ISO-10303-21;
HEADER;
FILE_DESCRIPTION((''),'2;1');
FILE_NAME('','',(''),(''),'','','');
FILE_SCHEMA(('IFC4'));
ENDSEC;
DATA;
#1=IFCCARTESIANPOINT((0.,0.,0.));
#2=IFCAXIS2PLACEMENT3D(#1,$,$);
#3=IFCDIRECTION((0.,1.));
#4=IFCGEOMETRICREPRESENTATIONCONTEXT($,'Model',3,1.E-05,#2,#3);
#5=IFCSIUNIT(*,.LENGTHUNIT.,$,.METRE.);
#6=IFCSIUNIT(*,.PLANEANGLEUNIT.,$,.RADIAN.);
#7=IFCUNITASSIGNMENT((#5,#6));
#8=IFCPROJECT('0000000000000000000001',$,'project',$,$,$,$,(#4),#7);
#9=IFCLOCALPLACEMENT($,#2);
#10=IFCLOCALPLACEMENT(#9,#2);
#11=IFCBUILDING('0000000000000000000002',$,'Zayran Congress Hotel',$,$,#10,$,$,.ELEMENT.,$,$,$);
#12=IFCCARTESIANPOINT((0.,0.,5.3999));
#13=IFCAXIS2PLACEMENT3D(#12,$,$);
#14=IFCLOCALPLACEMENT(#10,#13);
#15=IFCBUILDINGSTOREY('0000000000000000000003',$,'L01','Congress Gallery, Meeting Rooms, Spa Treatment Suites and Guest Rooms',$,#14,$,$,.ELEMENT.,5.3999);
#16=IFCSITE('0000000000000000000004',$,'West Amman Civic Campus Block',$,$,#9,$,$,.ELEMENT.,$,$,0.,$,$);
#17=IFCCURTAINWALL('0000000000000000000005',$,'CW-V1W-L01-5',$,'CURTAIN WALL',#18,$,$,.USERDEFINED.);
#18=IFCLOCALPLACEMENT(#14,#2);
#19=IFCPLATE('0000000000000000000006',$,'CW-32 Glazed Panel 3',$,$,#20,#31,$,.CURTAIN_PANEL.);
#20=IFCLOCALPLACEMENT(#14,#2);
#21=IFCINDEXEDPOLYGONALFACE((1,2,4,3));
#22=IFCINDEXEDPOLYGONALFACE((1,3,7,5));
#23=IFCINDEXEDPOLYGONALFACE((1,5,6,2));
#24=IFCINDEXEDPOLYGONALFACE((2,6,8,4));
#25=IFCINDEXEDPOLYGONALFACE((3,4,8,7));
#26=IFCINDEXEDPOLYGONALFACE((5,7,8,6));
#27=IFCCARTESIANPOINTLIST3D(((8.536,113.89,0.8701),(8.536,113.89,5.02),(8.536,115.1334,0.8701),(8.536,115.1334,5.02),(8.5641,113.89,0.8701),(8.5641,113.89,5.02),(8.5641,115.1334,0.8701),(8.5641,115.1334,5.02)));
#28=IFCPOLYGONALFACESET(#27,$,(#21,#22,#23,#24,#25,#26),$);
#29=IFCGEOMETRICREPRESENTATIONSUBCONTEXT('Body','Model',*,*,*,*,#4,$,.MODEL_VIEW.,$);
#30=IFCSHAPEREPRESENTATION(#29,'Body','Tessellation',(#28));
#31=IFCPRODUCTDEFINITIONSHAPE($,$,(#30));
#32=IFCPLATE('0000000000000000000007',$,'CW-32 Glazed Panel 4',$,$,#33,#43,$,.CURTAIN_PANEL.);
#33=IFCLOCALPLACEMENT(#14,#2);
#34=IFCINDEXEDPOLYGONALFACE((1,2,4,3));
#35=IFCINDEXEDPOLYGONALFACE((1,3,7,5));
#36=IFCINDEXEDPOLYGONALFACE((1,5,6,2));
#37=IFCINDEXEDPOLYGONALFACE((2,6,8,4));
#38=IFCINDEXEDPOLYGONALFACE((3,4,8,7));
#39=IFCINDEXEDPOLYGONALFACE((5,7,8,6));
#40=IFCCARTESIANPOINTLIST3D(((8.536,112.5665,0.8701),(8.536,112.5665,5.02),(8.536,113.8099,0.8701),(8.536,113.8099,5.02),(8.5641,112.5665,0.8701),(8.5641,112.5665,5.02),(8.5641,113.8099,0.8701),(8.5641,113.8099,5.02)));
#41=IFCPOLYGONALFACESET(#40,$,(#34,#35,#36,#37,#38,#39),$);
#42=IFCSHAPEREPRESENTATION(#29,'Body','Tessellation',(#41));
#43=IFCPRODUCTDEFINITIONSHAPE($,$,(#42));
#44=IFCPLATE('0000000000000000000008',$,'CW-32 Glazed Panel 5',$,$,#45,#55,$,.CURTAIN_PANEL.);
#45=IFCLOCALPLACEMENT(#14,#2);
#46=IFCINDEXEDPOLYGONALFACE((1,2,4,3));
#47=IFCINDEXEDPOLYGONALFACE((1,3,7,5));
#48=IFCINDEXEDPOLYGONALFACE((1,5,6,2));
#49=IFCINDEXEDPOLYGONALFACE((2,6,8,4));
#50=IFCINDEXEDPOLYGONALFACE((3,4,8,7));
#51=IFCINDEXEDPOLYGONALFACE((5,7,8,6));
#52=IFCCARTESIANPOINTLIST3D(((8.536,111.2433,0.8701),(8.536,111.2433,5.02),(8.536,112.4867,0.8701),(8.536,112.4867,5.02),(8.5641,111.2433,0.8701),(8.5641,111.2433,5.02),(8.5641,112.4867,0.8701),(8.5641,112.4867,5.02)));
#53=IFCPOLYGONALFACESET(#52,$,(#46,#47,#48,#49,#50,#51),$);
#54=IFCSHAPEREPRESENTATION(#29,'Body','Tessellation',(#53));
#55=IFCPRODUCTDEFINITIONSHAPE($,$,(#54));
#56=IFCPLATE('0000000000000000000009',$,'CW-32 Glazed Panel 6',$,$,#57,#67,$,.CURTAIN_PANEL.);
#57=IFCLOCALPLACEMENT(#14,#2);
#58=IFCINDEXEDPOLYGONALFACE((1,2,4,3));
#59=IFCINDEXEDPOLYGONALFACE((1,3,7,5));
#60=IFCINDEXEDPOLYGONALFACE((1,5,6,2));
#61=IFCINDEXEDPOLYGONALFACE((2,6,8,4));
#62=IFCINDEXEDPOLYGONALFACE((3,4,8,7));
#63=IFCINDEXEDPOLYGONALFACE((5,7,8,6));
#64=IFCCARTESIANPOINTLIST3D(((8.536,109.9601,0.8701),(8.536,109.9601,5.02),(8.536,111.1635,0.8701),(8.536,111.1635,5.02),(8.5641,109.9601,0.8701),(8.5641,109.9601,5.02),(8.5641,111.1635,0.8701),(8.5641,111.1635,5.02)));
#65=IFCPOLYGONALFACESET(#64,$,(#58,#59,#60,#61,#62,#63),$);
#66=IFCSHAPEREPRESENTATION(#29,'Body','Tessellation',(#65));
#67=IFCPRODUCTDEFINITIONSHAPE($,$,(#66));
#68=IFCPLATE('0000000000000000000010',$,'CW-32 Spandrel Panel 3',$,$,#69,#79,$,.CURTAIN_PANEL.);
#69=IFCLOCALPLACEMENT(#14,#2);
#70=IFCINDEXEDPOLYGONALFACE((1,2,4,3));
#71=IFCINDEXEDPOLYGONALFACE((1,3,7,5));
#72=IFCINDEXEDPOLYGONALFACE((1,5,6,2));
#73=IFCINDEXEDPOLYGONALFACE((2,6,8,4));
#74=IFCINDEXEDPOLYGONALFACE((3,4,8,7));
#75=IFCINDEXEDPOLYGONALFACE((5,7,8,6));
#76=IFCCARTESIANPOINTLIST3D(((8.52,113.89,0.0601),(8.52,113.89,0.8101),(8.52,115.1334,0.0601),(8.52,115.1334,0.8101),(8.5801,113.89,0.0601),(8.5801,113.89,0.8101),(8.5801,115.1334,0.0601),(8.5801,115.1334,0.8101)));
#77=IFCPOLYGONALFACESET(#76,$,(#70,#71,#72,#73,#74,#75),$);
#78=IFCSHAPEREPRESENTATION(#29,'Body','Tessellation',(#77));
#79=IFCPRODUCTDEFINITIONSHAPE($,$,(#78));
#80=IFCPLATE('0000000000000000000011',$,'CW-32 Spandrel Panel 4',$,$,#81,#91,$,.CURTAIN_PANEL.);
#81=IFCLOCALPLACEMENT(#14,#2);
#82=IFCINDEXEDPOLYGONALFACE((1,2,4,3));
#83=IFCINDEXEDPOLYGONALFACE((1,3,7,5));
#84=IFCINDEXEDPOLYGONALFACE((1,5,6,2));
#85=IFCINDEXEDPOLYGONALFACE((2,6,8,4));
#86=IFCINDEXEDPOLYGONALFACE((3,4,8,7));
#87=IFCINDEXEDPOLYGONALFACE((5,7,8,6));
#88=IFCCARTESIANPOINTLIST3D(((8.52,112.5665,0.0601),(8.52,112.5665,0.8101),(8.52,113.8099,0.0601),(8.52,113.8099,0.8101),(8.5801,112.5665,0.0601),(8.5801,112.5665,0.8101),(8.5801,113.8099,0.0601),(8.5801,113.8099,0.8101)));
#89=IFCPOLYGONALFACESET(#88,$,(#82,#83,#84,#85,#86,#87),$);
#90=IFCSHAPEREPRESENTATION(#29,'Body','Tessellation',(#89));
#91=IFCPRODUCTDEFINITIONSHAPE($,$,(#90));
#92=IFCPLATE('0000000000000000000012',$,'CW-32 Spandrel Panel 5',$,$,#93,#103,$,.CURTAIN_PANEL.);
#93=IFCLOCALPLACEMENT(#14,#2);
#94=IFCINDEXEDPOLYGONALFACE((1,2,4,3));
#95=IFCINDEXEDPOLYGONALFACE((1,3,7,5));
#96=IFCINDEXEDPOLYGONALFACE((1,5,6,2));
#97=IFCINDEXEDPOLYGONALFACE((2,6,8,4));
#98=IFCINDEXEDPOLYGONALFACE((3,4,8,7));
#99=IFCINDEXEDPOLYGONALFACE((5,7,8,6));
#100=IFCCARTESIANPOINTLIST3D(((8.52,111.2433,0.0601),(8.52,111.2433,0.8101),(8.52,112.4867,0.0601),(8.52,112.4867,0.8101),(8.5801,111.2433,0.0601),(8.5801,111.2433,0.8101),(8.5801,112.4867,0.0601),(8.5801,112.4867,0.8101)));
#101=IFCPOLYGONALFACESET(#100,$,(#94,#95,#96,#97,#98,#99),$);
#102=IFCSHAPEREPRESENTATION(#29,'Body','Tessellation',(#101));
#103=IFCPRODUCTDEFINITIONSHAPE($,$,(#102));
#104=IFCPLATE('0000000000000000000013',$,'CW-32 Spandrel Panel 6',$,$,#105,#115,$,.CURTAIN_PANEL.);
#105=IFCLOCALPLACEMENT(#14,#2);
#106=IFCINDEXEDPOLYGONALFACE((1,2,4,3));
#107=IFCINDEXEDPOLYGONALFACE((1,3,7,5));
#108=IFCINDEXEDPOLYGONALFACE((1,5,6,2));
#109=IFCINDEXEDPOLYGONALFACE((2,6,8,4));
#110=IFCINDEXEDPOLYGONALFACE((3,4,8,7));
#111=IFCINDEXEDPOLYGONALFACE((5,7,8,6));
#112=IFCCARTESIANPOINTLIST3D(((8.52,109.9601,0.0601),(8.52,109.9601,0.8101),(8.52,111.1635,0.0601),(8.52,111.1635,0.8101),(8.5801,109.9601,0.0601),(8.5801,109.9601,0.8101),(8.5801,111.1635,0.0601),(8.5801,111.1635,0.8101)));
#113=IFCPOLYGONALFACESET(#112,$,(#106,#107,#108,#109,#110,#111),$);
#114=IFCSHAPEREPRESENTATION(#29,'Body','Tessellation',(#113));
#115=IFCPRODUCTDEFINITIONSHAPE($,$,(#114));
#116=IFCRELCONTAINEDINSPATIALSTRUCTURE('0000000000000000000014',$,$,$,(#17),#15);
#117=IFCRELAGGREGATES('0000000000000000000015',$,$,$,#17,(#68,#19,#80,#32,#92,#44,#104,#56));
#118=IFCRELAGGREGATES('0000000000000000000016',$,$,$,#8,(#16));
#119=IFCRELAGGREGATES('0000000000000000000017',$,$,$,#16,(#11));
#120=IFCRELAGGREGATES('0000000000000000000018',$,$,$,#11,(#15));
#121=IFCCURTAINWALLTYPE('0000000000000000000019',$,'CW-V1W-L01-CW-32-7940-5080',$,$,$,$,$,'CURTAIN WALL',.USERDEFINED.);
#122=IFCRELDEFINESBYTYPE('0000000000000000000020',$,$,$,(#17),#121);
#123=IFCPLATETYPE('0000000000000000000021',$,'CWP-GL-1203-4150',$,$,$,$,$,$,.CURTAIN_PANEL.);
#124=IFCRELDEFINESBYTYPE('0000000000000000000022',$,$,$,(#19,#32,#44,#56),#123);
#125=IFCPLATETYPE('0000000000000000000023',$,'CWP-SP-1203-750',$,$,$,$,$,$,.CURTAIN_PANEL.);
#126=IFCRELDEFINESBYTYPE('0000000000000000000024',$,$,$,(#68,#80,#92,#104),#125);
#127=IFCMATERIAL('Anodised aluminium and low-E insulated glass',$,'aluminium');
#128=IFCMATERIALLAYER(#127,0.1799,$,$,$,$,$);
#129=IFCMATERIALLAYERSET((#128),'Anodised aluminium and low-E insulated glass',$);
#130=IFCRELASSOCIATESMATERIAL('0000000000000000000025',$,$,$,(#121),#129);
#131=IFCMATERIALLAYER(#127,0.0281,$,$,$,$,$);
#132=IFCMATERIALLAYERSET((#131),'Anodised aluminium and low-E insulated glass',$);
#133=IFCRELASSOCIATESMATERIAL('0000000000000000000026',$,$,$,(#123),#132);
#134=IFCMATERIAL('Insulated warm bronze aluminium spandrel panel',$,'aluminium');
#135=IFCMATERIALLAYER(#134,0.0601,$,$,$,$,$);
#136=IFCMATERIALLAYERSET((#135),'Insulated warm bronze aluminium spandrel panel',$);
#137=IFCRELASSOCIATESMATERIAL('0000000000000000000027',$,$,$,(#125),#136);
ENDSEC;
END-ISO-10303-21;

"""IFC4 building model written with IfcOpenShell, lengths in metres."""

from ifc_helpers import new_model, si_unit, direction, frame, origin, origin_2d, place, context, subcontext, project, spatial, rectangle, extrude, material, layer, layer_set, type_object, element, aggregate, save


model = new_model("IFC4")

# Units and contexts
model_context = context("Model", 3, precision=1e-05, world=origin(), true_north=direction((0.0, 1.0)))
body_context = subcontext(model_context, "Body", "Model", "MODEL_VIEW")
ifc_project = project(units=[si_unit("LENGTHUNIT", "METRE"), si_unit("PLANEANGLEUNIT", "RADIAN")], contexts=[model_context])

# Site, building, storey
site_placement = place(None, origin())
site = spatial("IfcSite", under=ifc_project, at=site_placement, Name="West Amman Civic Campus Block", CompositionType="ELEMENT", RefElevation=0.0)
building_placement = place(site_placement, origin())
building = spatial("IfcBuilding", under=site, at=building_placement, Name="Zayran Congress Hotel", CompositionType="ELEMENT")
storey_placement = place(building_placement, frame((0.0, 0.0, 5.3999)))
storey = spatial("IfcBuildingStorey", under=building, at=storey_placement, Name="L01", Description="Congress Gallery, Meeting Rooms, Spa Treatment Suites and Guest Rooms", CompositionType="ELEMENT", Elevation=5.3999)

# Shared definitions
ifc_material_1 = material(Name="Anodised aluminium and low-E insulated glass", Category="aluminium")

# Curtain wall
ifc_layer_1 = layer(ifc_material_1, 0.1799)
ifc_layer_set_1 = layer_set([ifc_layer_1], Name="Anodised aluminium and low-E insulated glass")
curtain_wall_type_1 = type_object("IfcCurtainWallType", Name="CW-V1W-L01-CW-32-7940-5080", ElementType="CURTAIN WALL", PredefinedType="USERDEFINED", material=ifc_layer_set_1)
curtain_wall_1_placement = place(storey_placement, origin())
curtain_wall_1 = element("IfcCurtainWall", 1, at=curtain_wall_1_placement, inside=storey, type_object=curtain_wall_type_1, Name="CW-V1W-L01-5", ObjectType="CURTAIN WALL", PredefinedType="USERDEFINED")

# Plates
ifc_layer_2 = layer(ifc_material_1, 0.0281)
ifc_layer_set_2 = layer_set([ifc_layer_2], Name="Anodised aluminium and low-E insulated glass")
plate_type_1 = type_object("IfcPlateType", Name="CWP-GL-1203-4150", PredefinedType="CURTAIN_PANEL", material=ifc_layer_set_2)
plate_1_placement = place(storey_placement, frame((8.55, 114.5117, 0.8701), z_axis=(0.0, 0.0, 1.0), x_axis=(0.0, 1.0, 0.0)))
plate_1 = element("IfcPlate", 2, at=plate_1_placement, type_object=plate_type_1, Name="CW-32 Glazed Panel 3", PredefinedType="CURTAIN_PANEL", context=body_context, shape_type="SweptSolid", body=[
    extrude(rectangle(XDim=1.2434, YDim=0.0281, at=origin_2d()), origin(), (0.0, 0.0, 1.0), 4.1499),
])
plate_2_placement = place(storey_placement, frame((8.55, 113.1882, 0.8701), z_axis=(0.0, 0.0, 1.0), x_axis=(0.0, 1.0, 0.0)))
plate_2 = element("IfcPlate", 3, at=plate_2_placement, type_object=plate_type_1, Name="CW-32 Glazed Panel 4", PredefinedType="CURTAIN_PANEL", context=body_context, shape_type="SweptSolid", body=[
    extrude(rectangle(XDim=1.2434, YDim=0.0281, at=origin_2d()), origin(), (0.0, 0.0, 1.0), 4.1499),
])
plate_3_placement = place(storey_placement, frame((8.55, 111.865, 0.8701), z_axis=(0.0, 0.0, 1.0), x_axis=(0.0, 1.0, 0.0)))
plate_3 = element("IfcPlate", 4, at=plate_3_placement, type_object=plate_type_1, Name="CW-32 Glazed Panel 5", PredefinedType="CURTAIN_PANEL", context=body_context, shape_type="SweptSolid", body=[
    extrude(rectangle(XDim=1.2434, YDim=0.0281, at=origin_2d()), origin(), (0.0, 0.0, 1.0), 4.1499),
])
plate_4_placement = place(storey_placement, frame((8.55, 110.5618, 0.8701), z_axis=(0.0, 0.0, 1.0), x_axis=(0.0, 1.0, 0.0)))
plate_4 = element("IfcPlate", 5, at=plate_4_placement, type_object=plate_type_1, Name="CW-32 Glazed Panel 6", PredefinedType="CURTAIN_PANEL", context=body_context, shape_type="SweptSolid", body=[
    extrude(rectangle(XDim=1.2034, YDim=0.0281, at=origin_2d()), origin(), (0.0, 0.0, 1.0), 4.1499),
])
ifc_material_2 = material(Name="Insulated warm bronze aluminium spandrel panel", Category="aluminium")
ifc_layer_3 = layer(ifc_material_2, 0.0601)
ifc_layer_set_3 = layer_set([ifc_layer_3], Name="Insulated warm bronze aluminium spandrel panel")
plate_type_2 = type_object("IfcPlateType", Name="CWP-SP-1203-750", PredefinedType="CURTAIN_PANEL", material=ifc_layer_set_3)
plate_5_placement = place(storey_placement, frame((8.55, 114.5117, 0.0601), z_axis=(0.0, 0.0, 1.0), x_axis=(0.0, 1.0, 0.0)))
plate_5 = element("IfcPlate", 6, at=plate_5_placement, type_object=plate_type_2, Name="CW-32 Spandrel Panel 3", PredefinedType="CURTAIN_PANEL", context=body_context, shape_type="SweptSolid", body=[
    extrude(rectangle(XDim=1.2434, YDim=0.0601, at=origin_2d()), origin(), (0.0, 0.0, 1.0), 0.75),
])
plate_6_placement = place(storey_placement, frame((8.55, 113.1882, 0.0601), z_axis=(0.0, 0.0, 1.0), x_axis=(0.0, 1.0, 0.0)))
plate_6 = element("IfcPlate", 7, at=plate_6_placement, type_object=plate_type_2, Name="CW-32 Spandrel Panel 4", PredefinedType="CURTAIN_PANEL", context=body_context, shape_type="SweptSolid", body=[
    extrude(rectangle(XDim=1.2434, YDim=0.0601, at=origin_2d()), origin(), (0.0, 0.0, 1.0), 0.75),
])
plate_7_placement = place(storey_placement, frame((8.55, 111.865, 0.0601), z_axis=(0.0, 0.0, 1.0), x_axis=(0.0, 1.0, 0.0)))
plate_7 = element("IfcPlate", 8, at=plate_7_placement, type_object=plate_type_2, Name="CW-32 Spandrel Panel 5", PredefinedType="CURTAIN_PANEL", context=body_context, shape_type="SweptSolid", body=[
    extrude(rectangle(XDim=1.2434, YDim=0.0601, at=origin_2d()), origin(), (0.0, 0.0, 1.0), 0.75),
])
plate_8_placement = place(storey_placement, frame((8.55, 110.5618, 0.0601), z_axis=(0.0, 0.0, 1.0), x_axis=(0.0, 1.0, 0.0)))
plate_8 = element("IfcPlate", 9, at=plate_8_placement, type_object=plate_type_2, Name="CW-32 Spandrel Panel 6", PredefinedType="CURTAIN_PANEL", context=body_context, shape_type="SweptSolid", body=[
    extrude(rectangle(XDim=1.2034, YDim=0.0601, at=origin_2d()), origin(), (0.0, 0.0, 1.0), 0.75),
])
aggregate(curtain_wall_1, [plate_5, plate_1, plate_6, plate_2, plate_7, plate_3, plate_8, plate_4])

save(model, "model.ifc")
